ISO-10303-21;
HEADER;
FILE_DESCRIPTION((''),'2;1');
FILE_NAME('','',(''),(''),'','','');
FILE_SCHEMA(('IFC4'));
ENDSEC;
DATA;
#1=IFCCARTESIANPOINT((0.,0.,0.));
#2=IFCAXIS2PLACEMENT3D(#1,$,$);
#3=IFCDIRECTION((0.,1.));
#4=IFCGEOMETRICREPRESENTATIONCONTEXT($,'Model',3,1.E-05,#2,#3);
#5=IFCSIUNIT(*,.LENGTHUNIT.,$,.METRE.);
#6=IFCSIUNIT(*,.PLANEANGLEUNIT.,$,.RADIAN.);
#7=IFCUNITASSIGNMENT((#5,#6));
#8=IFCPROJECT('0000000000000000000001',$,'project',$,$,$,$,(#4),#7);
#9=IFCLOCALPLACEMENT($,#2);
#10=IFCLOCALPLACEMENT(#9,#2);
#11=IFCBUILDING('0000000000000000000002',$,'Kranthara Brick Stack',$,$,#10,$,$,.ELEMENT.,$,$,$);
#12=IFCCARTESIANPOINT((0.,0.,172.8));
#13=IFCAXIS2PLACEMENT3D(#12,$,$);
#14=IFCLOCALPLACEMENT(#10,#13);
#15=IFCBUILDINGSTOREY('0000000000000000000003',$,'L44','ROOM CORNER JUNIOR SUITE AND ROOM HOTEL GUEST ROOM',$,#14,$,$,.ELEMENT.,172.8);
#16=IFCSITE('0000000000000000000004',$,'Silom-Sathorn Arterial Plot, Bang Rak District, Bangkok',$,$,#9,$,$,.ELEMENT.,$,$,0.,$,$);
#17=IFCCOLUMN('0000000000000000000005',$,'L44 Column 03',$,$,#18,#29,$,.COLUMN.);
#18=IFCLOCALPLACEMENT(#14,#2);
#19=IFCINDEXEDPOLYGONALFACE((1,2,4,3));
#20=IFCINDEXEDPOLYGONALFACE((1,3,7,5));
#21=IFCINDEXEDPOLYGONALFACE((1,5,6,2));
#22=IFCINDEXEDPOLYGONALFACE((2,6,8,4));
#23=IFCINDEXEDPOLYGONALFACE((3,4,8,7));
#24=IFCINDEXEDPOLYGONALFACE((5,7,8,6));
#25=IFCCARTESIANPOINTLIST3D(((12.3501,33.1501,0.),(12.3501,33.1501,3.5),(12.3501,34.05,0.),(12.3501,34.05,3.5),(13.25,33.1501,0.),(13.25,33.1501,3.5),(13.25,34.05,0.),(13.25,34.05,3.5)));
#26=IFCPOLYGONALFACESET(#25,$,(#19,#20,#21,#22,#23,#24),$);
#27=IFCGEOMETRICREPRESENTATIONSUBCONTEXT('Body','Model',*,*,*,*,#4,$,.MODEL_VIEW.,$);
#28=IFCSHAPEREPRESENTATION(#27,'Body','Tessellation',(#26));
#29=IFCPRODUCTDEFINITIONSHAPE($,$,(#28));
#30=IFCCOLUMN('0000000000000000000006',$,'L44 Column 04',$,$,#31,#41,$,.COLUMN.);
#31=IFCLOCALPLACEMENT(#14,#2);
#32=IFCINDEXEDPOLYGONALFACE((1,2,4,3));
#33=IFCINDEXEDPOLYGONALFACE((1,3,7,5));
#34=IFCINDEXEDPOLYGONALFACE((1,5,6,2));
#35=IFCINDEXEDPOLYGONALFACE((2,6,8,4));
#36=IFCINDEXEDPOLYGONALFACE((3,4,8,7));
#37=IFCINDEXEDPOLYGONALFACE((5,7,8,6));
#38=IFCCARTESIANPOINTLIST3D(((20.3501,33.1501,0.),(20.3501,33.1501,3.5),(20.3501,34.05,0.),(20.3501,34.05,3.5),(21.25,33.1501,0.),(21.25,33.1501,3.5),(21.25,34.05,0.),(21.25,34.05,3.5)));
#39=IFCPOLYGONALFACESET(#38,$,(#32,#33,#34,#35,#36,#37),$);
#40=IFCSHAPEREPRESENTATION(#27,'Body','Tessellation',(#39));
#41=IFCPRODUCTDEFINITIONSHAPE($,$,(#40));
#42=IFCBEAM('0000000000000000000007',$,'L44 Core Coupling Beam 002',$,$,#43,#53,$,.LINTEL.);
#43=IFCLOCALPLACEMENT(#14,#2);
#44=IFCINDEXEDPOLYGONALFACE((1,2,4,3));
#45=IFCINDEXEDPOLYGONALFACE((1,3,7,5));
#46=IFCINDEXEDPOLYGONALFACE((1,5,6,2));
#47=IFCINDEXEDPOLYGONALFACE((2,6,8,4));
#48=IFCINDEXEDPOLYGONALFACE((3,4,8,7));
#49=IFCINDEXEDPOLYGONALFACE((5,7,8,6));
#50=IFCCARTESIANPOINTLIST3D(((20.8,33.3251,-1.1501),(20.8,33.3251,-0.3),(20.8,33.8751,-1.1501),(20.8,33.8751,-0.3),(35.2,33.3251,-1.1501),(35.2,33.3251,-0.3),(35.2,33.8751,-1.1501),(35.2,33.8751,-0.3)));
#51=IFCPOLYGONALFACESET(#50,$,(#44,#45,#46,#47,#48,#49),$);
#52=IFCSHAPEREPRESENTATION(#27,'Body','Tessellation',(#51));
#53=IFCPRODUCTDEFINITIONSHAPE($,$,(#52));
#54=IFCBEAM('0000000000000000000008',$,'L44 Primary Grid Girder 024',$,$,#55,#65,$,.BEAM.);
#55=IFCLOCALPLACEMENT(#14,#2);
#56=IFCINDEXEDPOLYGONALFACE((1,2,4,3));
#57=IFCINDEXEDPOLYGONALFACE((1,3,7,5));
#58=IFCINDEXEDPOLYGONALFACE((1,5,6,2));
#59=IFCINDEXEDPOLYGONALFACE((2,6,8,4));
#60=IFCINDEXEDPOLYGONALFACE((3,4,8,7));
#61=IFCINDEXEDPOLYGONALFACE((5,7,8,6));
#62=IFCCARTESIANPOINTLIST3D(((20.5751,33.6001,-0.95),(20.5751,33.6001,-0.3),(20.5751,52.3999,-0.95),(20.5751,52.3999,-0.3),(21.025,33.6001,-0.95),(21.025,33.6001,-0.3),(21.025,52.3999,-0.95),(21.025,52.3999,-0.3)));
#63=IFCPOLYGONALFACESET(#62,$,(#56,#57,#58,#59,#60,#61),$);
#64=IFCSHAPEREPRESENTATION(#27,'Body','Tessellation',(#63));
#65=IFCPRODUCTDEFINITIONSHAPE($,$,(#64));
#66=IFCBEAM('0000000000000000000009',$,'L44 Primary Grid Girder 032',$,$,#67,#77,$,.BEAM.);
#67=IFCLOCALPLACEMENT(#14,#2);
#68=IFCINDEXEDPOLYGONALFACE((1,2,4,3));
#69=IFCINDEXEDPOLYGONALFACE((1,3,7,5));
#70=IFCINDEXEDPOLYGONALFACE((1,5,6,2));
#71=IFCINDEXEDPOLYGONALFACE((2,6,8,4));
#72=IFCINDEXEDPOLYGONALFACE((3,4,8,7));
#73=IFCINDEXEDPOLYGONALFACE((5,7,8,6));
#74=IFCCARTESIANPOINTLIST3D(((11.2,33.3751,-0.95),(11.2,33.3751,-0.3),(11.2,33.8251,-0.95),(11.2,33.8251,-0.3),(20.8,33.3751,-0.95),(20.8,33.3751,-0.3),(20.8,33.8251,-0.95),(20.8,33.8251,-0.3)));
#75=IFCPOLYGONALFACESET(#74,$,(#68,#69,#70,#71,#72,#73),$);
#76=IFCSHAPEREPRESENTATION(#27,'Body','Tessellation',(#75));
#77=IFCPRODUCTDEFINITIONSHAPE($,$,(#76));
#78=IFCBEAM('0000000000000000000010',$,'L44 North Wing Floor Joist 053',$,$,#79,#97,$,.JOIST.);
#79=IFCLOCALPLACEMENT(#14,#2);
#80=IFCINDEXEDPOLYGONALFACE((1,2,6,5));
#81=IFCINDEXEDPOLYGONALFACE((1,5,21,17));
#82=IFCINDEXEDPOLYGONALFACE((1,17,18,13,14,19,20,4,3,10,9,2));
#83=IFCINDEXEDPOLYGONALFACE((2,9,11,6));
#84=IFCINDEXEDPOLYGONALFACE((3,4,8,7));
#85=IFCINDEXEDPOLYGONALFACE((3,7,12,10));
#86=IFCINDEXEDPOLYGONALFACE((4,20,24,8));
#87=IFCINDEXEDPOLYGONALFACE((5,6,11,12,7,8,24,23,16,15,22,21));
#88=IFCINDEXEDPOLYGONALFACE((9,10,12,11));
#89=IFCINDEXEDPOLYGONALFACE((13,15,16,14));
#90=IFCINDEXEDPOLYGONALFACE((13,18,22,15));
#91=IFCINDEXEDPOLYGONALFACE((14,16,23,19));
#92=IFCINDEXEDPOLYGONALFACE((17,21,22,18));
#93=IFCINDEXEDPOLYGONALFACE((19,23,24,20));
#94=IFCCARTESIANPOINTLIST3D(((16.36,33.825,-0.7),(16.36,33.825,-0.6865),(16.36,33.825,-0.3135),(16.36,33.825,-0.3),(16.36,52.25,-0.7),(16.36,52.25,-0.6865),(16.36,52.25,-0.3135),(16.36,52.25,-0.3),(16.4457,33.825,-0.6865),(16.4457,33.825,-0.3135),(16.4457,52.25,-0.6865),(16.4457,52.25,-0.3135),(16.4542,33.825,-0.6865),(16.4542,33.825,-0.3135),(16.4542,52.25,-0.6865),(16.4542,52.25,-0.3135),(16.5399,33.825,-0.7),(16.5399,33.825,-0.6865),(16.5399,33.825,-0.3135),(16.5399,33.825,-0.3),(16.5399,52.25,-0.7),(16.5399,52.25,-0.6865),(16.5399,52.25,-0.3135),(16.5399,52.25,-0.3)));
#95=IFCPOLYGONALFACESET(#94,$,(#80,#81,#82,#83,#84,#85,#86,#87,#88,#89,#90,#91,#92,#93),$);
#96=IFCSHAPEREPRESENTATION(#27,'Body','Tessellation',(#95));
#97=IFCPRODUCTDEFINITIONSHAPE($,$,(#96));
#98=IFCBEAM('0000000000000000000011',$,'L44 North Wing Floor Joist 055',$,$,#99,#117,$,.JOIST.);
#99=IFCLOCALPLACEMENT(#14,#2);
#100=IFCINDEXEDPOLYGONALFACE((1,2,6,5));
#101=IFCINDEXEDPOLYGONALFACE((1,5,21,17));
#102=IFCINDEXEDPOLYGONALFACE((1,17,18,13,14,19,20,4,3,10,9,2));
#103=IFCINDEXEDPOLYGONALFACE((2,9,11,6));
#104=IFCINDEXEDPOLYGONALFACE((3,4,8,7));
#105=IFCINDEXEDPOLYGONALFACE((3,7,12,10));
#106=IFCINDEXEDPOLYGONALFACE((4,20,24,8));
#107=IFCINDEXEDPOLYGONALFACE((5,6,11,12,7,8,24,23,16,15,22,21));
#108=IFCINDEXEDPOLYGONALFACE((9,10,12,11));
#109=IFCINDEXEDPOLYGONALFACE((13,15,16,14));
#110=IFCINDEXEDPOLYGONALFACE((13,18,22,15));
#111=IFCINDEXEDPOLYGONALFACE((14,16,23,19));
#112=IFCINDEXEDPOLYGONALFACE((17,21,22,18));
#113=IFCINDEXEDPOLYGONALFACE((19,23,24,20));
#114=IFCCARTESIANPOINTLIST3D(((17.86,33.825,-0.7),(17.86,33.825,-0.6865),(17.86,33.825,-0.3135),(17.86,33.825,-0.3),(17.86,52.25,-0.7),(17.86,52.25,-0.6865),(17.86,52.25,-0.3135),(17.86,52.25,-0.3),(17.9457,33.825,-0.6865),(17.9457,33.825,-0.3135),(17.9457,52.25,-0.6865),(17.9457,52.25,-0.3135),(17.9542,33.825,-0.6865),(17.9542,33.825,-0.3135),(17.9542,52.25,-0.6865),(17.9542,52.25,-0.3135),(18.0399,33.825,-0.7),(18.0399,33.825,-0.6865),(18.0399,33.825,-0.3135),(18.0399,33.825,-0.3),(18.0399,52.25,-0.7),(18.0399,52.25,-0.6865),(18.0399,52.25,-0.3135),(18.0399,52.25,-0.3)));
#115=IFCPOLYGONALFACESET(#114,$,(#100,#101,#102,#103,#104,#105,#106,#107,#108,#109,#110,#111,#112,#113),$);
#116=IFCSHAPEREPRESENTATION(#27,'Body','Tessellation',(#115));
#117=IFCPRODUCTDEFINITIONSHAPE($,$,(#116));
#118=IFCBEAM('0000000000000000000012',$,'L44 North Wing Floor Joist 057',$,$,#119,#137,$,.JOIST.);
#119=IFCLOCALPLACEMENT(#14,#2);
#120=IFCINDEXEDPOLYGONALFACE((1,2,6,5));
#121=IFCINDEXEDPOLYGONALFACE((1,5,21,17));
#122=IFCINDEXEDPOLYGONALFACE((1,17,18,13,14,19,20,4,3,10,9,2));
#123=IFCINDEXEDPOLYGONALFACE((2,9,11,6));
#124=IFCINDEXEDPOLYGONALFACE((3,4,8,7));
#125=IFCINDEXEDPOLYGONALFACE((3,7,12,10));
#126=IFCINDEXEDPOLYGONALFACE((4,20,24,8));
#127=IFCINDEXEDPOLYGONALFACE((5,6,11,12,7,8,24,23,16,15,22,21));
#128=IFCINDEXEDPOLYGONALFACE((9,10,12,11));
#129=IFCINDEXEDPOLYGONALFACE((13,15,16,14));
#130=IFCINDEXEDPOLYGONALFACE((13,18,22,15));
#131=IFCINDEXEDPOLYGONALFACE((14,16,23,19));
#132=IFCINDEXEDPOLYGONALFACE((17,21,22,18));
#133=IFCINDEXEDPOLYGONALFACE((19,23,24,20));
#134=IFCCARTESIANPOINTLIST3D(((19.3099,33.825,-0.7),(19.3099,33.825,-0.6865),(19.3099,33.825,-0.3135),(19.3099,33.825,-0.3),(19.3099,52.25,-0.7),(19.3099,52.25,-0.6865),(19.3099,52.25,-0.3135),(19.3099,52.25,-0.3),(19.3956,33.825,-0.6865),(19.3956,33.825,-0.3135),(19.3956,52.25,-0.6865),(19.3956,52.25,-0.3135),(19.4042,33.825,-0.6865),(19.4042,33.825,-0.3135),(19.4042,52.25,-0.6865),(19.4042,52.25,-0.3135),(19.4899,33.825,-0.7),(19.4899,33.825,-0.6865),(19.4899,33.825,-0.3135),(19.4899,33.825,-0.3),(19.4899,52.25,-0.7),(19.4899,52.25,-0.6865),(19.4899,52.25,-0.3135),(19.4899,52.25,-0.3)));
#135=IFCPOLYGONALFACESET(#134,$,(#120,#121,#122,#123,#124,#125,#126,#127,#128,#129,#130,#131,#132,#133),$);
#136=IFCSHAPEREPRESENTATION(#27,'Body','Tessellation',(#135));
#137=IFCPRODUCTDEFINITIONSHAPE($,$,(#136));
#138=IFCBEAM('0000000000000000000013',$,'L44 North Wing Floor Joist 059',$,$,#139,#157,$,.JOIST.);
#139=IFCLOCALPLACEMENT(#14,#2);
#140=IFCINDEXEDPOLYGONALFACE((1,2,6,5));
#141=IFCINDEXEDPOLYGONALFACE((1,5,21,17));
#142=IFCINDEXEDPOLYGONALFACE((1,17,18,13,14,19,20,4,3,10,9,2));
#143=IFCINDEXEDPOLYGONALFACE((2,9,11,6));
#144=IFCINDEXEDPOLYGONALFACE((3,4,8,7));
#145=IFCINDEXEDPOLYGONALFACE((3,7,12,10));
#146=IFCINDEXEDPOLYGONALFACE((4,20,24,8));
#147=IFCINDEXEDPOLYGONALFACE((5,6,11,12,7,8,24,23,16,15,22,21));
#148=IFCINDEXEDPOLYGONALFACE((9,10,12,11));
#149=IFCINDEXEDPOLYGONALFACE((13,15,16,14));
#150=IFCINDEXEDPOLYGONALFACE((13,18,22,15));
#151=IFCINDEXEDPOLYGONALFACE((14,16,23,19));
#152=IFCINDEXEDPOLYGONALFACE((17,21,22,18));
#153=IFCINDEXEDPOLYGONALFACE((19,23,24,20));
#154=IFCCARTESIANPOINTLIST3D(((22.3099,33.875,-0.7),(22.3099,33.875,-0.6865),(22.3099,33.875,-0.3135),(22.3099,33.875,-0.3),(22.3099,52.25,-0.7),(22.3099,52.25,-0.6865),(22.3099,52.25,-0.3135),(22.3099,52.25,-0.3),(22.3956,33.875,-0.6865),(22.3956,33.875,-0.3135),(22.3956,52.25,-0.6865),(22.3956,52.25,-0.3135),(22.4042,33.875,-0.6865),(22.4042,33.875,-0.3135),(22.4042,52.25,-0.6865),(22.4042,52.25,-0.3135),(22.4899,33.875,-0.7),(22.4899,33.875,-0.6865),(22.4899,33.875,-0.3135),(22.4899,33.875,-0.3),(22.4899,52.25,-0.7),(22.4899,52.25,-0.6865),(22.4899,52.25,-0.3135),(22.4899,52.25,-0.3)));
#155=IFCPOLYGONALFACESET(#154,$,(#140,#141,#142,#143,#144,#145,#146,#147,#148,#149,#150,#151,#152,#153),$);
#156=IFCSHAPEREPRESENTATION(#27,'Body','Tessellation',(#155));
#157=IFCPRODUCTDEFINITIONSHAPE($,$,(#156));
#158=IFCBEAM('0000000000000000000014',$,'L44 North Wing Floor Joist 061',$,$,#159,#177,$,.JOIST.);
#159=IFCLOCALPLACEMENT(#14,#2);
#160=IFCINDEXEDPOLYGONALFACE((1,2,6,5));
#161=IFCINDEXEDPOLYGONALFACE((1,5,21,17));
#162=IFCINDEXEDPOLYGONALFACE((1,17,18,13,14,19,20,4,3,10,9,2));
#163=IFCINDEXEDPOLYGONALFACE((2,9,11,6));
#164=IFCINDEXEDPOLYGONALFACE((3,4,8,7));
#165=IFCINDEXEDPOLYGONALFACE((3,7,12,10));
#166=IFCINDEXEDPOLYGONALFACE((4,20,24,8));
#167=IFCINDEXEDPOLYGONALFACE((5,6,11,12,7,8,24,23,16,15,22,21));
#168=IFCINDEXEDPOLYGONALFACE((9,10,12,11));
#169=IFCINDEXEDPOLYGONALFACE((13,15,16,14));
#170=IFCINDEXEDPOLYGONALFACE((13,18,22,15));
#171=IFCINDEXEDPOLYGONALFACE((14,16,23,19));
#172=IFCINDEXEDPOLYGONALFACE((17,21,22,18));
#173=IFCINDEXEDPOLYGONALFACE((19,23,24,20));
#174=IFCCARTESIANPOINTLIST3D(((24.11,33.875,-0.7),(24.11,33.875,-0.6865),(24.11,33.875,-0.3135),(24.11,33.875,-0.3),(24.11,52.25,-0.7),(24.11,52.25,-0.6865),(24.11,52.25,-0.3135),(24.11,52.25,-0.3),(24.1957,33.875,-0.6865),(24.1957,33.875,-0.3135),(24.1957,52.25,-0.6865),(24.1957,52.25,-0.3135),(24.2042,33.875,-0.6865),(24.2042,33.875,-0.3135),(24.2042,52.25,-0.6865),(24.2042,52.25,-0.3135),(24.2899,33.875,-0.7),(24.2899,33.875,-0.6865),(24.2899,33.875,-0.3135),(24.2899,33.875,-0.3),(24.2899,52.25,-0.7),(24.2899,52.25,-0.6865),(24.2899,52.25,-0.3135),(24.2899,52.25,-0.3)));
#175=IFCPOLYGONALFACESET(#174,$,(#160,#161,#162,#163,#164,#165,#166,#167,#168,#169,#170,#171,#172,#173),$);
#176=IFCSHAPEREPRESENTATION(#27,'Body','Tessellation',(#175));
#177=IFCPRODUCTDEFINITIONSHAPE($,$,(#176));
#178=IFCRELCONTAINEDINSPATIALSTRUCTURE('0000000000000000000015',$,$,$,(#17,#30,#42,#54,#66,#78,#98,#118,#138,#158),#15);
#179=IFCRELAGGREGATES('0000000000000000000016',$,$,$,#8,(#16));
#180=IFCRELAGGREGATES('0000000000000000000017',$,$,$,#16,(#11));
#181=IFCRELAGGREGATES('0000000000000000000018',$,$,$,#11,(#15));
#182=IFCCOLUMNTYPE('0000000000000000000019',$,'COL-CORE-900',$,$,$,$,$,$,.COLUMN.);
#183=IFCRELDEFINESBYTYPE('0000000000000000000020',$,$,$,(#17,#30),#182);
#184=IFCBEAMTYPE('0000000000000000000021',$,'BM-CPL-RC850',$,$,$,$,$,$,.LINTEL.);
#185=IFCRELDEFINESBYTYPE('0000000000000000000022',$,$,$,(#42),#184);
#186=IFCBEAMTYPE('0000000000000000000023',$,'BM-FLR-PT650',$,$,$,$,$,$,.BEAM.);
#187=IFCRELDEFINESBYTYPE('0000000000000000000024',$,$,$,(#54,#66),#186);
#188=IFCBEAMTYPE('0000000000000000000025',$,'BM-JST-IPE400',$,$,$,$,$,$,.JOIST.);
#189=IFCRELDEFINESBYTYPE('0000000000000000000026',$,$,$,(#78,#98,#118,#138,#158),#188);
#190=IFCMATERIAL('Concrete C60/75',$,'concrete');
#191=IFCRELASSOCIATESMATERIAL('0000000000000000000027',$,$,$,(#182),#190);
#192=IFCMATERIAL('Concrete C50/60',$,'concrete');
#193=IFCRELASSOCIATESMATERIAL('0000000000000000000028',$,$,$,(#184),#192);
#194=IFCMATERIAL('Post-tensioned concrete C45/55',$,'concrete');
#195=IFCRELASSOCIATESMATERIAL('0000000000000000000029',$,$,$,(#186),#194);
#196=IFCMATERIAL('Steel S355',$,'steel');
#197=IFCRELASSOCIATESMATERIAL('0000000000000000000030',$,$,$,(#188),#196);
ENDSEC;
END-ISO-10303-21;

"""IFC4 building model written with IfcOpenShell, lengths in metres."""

from ifc_helpers import new_model, si_unit, direction, frame, origin, origin_2d, place, context, subcontext, project, spatial, rectangle, i_section, extrude, material, material_profile, profile_set, type_object, element, save


model = new_model("IFC4")

# Units and contexts
model_context = context("Model", 3, precision=1e-05, world=origin(), true_north=direction((0.0, 1.0)))
body_context = subcontext(model_context, "Body", "Model", "MODEL_VIEW")
ifc_project = project(units=[si_unit("LENGTHUNIT", "METRE"), si_unit("PLANEANGLEUNIT", "RADIAN")], contexts=[model_context])

# Site, building, storey
site_placement = place(None, origin())
site = spatial("IfcSite", under=ifc_project, at=site_placement, Name="Silom-Sathorn Arterial Plot, Bang Rak District, Bangkok", CompositionType="ELEMENT", RefElevation=0.0)
building_placement = place(site_placement, origin())
building = spatial("IfcBuilding", under=site, at=building_placement, Name="Kranthara Brick Stack", CompositionType="ELEMENT")
storey_placement = place(building_placement, frame((0.0, 0.0, 172.8)))
storey = spatial("IfcBuildingStorey", under=building, at=storey_placement, Name="L44", Description="ROOM CORNER JUNIOR SUITE AND ROOM HOTEL GUEST ROOM", CompositionType="ELEMENT", Elevation=172.8)

# Columns
ifc_material_1 = material(Name="Concrete C60/75", Category="concrete")
ifc_material_profile_1 = material_profile(ifc_material_1, rectangle(XDim=0.8999, YDim=0.8999, at=origin_2d()), Name="RC 900x900")
ifc_profile_set_1 = profile_set([ifc_material_profile_1], Name="Concrete C60/75")
column_type = type_object("IfcColumnType", Name="COL-CORE-900", PredefinedType="COLUMN", material=ifc_profile_set_1)
for number, where, z_axis, x_axis, name in (
    (1, (12.8, 33.6001, 0.0), (0.0, 0.0, 1.0), (1.0, 0.0, 0.0), "L44 Column 03"),
    (2, (20.8, 33.6001, 0.0), (0.0, 0.0, 1.0), (1.0, 0.0, 0.0), "L44 Column 04"),
):
    element("IfcColumn", number, at=place(storey_placement, frame(where, z_axis=z_axis, x_axis=x_axis)), inside=storey, type_object=column_type, Name=name, PredefinedType="COLUMN", context=body_context, shape_type="SweptSolid", body=[
        extrude(rectangle(XDim=0.8999, YDim=0.8999, at=origin_2d()), origin(), (0.0, 0.0, 1.0), 3.5),
    ])

# Beams
ifc_material_2 = material(Name="Concrete C50/60", Category="concrete")
ifc_material_profile_2 = material_profile(ifc_material_2, rectangle(XDim=0.55, YDim=0.8501, at=origin_2d()), Name="RC 550x850")
ifc_profile_set_2 = profile_set([ifc_material_profile_2], Name="Concrete C50/60")
beam_type_1 = type_object("IfcBeamType", Name="BM-CPL-RC850", PredefinedType="LINTEL", material=ifc_profile_set_2)
beam_1_placement = place(storey_placement, frame((20.8, 33.6001, -0.7251), z_axis=(1.0, 0.0, 0.0), x_axis=(0.0, 1.0, 0.0)))
element("IfcBeam", 3, at=beam_1_placement, inside=storey, type_object=beam_type_1, Name="L44 Core Coupling Beam 002", PredefinedType="LINTEL", context=body_context, shape_type="SweptSolid", body=[
    extrude(rectangle(XDim=0.55, YDim=0.8501, at=origin_2d()), origin(), (0.0, 0.0, 1.0), 14.3999),
])
ifc_material_3 = material(Name="Post-tensioned concrete C45/55", Category="concrete")
ifc_material_profile_3 = material_profile(ifc_material_3, rectangle(XDim=0.45, YDim=0.6499, at=origin_2d()), Name="PT 450x650")
ifc_profile_set_3 = profile_set([ifc_material_profile_3], Name="Post-tensioned concrete C45/55")
beam_type_2 = type_object("IfcBeamType", Name="BM-FLR-PT650", PredefinedType="BEAM", material=ifc_profile_set_3)
beam_2_placement = place(storey_placement, frame((20.8, 33.6001, -0.625), z_axis=(0.0, 1.0, 0.0), x_axis=(-1.0, 0.0, 0.0)))
element("IfcBeam", 4, at=beam_2_placement, inside=storey, type_object=beam_type_2, Name="L44 Primary Grid Girder 024", PredefinedType="BEAM", context=body_context, shape_type="SweptSolid", body=[
    extrude(rectangle(XDim=0.45, YDim=0.6499, at=origin_2d()), origin(), (0.0, 0.0, 1.0), 18.7998),
])
beam_3_placement = place(storey_placement, frame((11.2, 33.6001, -0.625), z_axis=(1.0, 0.0, 0.0), x_axis=(0.0, 1.0, 0.0)))
element("IfcBeam", 5, at=beam_3_placement, inside=storey, type_object=beam_type_2, Name="L44 Primary Grid Girder 032", PredefinedType="BEAM", context=body_context, shape_type="SweptSolid", body=[
    extrude(rectangle(XDim=0.45, YDim=0.6499, at=origin_2d()), origin(), (0.0, 0.0, 1.0), 9.6001),
])
ifc_material_4 = material(Name="Steel S355", Category="steel")
ifc_material_profile_4 = material_profile(ifc_material_4, i_section(OverallWidth=0.1799, OverallDepth=0.3999, WebThickness=0.0085, FlangeThickness=0.0134, at=origin_2d()), Name="IPE 400")
ifc_profile_set_4 = profile_set([ifc_material_profile_4], Name="Steel S355")
beam_type_3 = type_object("IfcBeamType", Name="BM-JST-IPE400", PredefinedType="JOIST", material=ifc_profile_set_4)
for number, where, z_axis, x_axis, name in (
    (6, (16.45, 33.825, -0.5), (0.0, 1.0, 0.0), (-1.0, 0.0, 0.0), "L44 North Wing Floor Joist 053"),
    (7, (17.95, 33.825, -0.5), (0.0, 1.0, 0.0), (-1.0, 0.0, 0.0), "L44 North Wing Floor Joist 055"),
    (8, (19.3999, 33.825, -0.5), (0.0, 1.0, 0.0), (-1.0, 0.0, 0.0), "L44 North Wing Floor Joist 057"),
):
    element("IfcBeam", number, at=place(storey_placement, frame(where, z_axis=z_axis, x_axis=x_axis)), inside=storey, type_object=beam_type_3, Name=name, PredefinedType="JOIST", context=body_context, shape_type="SweptSolid", body=[
        extrude(i_section(OverallWidth=0.1799, OverallDepth=0.3999, WebThickness=0.0085, FlangeThickness=0.0134, at=origin_2d()), origin(), (0.0, 0.0, 1.0), 18.425),
    ])
for number, where, z_axis, x_axis, name in (
    (9, (22.3999, 33.875, -0.5), (0.0, 1.0, 0.0), (-1.0, 0.0, 0.0), "L44 North Wing Floor Joist 059"),
    (10, (24.2, 33.875, -0.5), (0.0, 1.0, 0.0), (-1.0, 0.0, 0.0), "L44 North Wing Floor Joist 061"),
):
    element("IfcBeam", number, at=place(storey_placement, frame(where, z_axis=z_axis, x_axis=x_axis)), inside=storey, type_object=beam_type_3, Name=name, PredefinedType="JOIST", context=body_context, shape_type="SweptSolid", body=[
        extrude(i_section(OverallWidth=0.1799, OverallDepth=0.3999, WebThickness=0.0085, FlangeThickness=0.0134, at=origin_2d()), origin(), (0.0, 0.0, 1.0), 18.375),
    ])

save(model, "model.ifc")
